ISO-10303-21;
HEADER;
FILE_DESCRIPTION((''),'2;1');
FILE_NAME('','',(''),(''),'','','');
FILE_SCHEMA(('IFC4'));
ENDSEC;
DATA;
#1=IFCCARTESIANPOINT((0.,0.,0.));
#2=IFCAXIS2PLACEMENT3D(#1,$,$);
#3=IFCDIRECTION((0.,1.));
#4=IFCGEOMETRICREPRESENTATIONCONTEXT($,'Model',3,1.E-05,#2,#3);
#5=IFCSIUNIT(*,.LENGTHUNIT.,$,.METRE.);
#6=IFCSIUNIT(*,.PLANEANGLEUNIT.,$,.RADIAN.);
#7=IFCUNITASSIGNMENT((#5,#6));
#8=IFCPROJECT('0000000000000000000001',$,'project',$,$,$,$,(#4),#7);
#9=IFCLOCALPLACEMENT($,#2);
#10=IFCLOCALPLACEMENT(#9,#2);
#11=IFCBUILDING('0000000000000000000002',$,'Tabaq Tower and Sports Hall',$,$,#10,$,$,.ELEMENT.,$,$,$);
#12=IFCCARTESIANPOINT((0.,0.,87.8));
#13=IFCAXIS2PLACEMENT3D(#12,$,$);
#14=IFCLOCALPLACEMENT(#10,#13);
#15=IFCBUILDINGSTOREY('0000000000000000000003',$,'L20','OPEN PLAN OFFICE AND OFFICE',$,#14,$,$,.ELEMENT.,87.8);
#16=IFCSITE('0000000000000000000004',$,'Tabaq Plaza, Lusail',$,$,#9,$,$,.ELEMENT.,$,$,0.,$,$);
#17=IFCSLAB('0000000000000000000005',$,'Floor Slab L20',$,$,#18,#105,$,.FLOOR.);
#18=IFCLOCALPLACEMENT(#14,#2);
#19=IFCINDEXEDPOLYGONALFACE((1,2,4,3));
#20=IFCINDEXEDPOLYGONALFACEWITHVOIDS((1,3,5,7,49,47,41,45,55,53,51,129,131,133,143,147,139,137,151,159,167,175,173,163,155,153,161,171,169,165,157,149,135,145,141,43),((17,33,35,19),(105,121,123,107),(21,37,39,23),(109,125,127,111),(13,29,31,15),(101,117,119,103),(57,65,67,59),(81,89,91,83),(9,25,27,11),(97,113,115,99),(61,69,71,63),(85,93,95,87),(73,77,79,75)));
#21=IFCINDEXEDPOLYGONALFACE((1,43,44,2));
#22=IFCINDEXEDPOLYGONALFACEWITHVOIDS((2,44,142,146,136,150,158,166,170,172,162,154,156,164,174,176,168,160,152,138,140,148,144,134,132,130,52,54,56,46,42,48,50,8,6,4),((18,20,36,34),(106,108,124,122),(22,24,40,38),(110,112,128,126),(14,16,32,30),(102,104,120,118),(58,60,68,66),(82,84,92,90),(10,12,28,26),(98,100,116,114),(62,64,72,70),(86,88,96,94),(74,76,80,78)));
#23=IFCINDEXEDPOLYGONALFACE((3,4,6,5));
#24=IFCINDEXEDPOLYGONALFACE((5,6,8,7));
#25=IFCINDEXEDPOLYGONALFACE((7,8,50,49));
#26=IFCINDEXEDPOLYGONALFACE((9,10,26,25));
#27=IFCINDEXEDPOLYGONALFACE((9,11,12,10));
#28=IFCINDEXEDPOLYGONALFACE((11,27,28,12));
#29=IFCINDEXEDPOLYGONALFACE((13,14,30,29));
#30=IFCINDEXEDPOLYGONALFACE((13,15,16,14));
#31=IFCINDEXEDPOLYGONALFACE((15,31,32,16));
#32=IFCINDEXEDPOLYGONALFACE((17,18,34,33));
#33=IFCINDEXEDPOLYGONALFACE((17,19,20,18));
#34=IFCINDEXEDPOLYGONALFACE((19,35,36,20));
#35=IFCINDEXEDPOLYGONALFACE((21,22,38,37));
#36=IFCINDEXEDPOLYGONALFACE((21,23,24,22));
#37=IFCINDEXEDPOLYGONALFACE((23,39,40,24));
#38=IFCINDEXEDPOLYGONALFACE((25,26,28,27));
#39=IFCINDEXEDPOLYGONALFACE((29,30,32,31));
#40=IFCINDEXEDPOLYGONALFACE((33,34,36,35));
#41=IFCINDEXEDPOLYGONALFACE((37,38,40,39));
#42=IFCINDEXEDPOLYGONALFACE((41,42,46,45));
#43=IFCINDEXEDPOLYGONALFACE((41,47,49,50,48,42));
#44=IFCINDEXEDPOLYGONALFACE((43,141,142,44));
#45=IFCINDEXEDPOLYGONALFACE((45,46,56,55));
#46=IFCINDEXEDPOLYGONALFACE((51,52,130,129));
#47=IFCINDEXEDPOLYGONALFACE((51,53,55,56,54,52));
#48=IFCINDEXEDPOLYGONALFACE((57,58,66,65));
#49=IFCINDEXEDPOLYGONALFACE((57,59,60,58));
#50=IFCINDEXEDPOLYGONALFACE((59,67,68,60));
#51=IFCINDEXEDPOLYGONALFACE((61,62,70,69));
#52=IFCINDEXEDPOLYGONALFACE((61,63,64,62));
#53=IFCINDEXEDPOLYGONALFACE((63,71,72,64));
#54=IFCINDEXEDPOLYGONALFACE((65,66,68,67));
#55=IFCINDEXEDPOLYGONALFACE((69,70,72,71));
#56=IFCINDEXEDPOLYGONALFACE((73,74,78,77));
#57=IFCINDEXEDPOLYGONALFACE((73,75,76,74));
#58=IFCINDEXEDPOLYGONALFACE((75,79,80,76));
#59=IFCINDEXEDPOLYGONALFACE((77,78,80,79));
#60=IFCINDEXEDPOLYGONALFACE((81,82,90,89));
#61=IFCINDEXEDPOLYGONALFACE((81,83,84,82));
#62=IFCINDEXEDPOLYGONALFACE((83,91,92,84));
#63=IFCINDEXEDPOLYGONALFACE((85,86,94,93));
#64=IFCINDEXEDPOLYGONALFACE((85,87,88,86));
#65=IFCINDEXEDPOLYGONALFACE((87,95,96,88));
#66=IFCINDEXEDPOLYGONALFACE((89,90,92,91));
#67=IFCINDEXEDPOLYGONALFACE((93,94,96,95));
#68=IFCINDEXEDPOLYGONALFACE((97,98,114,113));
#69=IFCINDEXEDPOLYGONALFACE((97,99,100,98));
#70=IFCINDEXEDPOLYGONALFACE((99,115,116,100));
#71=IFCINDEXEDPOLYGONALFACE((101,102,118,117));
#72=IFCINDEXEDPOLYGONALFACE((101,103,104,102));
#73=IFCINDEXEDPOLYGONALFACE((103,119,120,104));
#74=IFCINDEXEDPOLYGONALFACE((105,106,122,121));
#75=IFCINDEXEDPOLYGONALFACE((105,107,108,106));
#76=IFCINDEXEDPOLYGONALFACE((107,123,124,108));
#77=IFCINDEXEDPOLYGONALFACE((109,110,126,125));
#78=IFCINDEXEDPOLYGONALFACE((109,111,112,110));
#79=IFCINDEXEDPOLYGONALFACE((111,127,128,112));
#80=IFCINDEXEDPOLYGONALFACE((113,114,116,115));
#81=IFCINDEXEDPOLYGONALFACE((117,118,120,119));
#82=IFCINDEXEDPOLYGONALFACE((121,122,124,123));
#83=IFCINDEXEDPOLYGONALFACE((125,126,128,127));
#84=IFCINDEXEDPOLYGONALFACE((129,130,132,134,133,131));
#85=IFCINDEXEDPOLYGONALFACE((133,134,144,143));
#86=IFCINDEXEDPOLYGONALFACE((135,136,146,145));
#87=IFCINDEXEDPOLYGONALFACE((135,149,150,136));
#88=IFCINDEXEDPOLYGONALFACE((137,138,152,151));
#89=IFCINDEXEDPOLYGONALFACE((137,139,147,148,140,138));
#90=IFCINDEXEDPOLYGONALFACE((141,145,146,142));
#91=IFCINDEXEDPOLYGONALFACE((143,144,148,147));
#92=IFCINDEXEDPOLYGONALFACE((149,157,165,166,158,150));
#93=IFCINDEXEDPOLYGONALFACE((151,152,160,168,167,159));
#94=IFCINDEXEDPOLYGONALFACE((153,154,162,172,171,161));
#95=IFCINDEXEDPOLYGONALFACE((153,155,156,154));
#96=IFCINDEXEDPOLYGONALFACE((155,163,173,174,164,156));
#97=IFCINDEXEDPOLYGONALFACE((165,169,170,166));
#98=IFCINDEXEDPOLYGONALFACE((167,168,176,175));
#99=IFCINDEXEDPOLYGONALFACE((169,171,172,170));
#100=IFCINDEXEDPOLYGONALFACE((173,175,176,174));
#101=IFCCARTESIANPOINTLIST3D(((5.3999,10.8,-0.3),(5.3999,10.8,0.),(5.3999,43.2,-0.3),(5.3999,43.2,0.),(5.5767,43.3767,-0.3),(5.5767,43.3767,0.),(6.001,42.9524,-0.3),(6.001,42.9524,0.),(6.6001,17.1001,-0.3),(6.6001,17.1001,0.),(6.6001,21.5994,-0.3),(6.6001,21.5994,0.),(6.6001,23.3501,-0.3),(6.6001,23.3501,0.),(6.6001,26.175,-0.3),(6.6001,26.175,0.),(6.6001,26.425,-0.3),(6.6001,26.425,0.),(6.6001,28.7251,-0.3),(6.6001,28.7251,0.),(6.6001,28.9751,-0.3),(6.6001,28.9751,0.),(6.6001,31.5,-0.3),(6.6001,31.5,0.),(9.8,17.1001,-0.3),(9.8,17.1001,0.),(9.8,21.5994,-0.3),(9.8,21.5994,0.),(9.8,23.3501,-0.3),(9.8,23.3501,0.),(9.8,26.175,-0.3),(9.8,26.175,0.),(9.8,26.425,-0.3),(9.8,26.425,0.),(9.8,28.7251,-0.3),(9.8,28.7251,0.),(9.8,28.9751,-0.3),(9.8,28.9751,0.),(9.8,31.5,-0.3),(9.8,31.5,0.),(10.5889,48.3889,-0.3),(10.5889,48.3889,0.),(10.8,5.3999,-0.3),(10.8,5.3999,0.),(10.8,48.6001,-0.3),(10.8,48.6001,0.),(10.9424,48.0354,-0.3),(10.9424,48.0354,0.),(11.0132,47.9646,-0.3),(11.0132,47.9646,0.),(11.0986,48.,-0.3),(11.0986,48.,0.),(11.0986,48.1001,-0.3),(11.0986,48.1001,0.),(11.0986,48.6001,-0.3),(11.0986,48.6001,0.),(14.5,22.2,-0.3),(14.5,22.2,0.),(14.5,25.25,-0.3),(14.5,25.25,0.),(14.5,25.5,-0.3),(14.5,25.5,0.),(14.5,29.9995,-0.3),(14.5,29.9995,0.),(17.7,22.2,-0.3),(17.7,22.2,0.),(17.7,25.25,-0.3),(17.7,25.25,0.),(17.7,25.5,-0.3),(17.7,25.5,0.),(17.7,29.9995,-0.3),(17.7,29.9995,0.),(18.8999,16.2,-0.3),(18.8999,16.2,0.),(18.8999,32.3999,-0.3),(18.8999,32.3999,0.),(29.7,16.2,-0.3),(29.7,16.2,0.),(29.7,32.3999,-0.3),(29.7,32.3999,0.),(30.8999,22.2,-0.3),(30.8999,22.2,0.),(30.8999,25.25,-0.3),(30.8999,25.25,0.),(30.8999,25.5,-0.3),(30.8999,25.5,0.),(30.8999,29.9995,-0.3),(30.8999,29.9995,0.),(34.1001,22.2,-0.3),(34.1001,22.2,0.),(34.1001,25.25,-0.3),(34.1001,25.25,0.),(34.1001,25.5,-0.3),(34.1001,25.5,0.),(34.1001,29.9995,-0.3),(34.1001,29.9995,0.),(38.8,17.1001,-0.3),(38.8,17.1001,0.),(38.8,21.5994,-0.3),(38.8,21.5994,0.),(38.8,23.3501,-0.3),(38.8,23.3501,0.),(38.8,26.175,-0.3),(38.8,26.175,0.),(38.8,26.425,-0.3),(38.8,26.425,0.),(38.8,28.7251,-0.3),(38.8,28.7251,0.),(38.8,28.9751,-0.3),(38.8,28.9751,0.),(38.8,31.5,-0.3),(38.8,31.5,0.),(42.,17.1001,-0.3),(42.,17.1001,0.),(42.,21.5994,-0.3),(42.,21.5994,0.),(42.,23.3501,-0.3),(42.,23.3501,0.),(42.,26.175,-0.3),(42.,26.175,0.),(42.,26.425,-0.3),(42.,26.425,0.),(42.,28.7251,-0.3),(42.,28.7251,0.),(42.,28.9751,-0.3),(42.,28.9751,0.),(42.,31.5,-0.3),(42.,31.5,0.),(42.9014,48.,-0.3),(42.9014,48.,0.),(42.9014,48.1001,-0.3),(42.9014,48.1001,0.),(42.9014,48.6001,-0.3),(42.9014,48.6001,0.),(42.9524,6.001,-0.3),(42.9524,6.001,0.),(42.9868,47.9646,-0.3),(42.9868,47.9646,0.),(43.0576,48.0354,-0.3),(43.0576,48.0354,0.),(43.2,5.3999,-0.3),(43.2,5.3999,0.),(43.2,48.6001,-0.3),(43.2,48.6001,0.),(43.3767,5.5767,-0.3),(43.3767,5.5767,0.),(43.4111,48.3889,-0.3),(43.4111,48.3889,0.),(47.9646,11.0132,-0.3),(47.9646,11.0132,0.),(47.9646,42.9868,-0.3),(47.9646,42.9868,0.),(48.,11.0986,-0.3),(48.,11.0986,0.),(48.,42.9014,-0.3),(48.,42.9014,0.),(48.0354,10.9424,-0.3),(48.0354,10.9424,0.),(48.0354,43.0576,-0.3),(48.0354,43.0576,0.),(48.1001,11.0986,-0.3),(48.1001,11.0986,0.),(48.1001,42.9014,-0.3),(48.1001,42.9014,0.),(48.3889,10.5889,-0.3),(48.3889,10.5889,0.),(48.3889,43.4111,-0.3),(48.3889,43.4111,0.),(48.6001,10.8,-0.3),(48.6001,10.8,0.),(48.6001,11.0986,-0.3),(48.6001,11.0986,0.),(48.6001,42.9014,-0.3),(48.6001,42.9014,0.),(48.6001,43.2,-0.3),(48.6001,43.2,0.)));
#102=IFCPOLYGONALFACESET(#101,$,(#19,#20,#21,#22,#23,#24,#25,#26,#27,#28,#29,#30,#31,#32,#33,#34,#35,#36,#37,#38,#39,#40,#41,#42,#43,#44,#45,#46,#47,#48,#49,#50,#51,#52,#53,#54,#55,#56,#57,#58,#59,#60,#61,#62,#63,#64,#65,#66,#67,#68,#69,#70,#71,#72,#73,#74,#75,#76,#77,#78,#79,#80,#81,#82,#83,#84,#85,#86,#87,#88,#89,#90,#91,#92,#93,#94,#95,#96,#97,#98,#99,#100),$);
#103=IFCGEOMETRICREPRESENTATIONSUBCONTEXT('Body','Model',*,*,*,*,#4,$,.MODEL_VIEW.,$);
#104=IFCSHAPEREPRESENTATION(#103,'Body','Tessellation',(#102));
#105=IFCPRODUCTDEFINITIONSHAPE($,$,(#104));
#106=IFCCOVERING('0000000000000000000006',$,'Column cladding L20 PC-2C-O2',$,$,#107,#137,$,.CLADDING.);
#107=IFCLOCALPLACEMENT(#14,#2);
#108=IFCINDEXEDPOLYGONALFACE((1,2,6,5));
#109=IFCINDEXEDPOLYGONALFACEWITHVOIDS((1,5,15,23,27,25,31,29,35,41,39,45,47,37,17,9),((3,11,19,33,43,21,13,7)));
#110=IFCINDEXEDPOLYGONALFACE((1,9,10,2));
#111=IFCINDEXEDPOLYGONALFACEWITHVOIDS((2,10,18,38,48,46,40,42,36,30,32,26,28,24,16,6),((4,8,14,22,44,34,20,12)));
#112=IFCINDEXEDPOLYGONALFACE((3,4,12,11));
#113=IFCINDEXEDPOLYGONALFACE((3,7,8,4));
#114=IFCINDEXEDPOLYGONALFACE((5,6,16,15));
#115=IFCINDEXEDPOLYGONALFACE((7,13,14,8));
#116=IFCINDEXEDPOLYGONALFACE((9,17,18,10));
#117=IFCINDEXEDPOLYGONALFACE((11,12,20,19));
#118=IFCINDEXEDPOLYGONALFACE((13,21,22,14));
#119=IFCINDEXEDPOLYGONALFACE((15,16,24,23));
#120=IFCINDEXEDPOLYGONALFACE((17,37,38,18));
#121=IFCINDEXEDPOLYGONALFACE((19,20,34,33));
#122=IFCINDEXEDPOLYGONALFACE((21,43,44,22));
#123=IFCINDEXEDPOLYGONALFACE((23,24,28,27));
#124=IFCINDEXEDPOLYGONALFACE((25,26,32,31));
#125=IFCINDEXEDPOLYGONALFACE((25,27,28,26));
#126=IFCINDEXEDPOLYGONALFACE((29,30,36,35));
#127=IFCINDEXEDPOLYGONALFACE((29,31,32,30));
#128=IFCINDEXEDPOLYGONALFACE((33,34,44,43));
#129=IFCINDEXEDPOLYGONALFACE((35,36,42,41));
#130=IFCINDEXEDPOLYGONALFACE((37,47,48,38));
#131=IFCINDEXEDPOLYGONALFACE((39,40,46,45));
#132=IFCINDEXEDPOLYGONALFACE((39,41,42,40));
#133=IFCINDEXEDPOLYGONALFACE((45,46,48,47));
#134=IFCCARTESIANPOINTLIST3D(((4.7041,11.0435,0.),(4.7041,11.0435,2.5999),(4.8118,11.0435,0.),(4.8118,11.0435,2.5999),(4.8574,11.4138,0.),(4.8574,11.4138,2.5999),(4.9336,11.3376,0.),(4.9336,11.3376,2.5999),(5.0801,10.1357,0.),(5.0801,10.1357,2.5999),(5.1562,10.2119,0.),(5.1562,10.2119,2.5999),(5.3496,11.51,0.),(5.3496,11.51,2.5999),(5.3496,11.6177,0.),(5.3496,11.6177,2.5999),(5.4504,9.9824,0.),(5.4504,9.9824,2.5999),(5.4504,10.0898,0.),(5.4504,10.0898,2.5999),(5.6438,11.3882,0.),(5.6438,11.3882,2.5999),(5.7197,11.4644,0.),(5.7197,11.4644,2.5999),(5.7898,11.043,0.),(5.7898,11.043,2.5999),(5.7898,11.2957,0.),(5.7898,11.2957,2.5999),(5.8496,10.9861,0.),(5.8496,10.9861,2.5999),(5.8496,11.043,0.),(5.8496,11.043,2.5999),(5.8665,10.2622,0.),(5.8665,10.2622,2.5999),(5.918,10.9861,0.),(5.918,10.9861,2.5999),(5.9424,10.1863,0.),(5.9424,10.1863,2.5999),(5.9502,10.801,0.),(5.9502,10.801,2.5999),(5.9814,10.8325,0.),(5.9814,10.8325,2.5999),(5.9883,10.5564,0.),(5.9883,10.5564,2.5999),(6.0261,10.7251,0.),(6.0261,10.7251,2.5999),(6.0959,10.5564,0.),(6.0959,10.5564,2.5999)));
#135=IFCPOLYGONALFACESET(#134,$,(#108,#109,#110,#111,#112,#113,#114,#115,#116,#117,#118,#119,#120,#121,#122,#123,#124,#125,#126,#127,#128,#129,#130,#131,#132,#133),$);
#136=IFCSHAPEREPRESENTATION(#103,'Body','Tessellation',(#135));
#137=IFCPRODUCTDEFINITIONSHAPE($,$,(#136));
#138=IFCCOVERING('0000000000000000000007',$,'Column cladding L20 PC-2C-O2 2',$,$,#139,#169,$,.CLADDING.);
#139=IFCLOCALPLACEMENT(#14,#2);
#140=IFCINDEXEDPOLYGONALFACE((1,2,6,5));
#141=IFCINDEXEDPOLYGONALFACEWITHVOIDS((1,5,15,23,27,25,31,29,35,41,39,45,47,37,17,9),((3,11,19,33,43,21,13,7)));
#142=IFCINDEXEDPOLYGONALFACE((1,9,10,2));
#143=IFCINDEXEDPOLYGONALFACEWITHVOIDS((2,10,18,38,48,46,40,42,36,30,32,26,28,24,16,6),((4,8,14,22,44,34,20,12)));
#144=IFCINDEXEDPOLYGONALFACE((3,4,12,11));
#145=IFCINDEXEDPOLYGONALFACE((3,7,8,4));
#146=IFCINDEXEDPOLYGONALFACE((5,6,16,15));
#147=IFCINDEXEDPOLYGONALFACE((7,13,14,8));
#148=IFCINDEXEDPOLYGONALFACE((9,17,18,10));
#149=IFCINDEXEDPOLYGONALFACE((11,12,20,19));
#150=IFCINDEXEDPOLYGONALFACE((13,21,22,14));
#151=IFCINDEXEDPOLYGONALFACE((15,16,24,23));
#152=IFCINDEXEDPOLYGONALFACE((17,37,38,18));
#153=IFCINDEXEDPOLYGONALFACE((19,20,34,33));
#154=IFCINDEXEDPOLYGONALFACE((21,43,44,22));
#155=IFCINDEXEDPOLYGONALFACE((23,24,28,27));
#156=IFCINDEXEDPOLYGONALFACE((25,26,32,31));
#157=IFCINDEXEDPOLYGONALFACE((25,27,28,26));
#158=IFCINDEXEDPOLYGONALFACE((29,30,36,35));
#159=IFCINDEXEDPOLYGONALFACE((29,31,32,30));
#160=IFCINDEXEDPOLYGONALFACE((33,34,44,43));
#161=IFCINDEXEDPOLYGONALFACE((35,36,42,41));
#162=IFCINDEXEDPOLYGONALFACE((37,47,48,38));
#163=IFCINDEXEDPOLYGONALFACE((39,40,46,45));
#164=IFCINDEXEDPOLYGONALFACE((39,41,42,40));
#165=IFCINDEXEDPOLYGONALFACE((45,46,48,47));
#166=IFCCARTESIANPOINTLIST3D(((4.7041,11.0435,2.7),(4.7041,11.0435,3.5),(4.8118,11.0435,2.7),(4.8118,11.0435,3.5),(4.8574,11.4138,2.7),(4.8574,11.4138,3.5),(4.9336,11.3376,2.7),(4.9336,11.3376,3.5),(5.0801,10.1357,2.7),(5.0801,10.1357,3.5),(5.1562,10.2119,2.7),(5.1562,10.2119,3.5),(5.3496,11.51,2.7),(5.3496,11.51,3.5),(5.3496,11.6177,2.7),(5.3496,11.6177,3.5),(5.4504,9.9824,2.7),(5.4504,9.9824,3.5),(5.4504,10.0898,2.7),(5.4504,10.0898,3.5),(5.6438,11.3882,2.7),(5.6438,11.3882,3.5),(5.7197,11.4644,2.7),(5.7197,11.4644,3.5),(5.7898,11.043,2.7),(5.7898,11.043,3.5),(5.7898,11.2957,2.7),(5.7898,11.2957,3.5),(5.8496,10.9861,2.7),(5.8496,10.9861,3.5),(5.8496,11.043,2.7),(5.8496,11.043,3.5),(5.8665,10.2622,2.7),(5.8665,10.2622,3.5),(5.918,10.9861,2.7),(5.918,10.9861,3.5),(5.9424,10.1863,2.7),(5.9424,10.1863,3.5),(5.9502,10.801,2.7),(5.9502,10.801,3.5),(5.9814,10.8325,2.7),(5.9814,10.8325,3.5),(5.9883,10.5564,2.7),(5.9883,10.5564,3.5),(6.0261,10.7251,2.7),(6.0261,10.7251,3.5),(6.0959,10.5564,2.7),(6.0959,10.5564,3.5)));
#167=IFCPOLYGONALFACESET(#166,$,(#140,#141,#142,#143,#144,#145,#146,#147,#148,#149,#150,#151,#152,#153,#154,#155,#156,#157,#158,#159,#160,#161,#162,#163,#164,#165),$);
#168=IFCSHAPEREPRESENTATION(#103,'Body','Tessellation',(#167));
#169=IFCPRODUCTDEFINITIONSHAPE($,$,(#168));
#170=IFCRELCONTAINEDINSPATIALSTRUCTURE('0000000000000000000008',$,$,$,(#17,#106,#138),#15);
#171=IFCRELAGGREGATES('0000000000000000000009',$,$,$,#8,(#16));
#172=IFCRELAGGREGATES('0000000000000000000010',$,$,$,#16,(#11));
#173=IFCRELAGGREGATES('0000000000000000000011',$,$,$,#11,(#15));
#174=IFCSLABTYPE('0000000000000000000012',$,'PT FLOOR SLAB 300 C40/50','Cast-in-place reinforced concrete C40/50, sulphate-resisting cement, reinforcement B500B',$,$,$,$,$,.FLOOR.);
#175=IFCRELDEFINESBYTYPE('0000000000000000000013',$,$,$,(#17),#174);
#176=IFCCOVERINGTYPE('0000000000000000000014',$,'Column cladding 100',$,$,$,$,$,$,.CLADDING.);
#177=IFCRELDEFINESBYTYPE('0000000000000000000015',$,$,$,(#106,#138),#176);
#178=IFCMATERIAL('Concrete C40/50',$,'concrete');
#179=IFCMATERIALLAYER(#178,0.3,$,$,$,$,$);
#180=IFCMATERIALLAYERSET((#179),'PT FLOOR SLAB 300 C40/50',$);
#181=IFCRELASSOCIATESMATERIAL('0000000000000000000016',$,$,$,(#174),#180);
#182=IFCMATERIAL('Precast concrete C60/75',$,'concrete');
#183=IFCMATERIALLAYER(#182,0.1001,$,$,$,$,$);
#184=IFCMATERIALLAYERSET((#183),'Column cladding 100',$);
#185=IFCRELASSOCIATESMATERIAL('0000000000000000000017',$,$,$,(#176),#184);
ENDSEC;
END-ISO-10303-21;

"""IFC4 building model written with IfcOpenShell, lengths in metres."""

from ifc_helpers import new_model, si_unit, direction, frame, origin, place, context, subcontext, project, spatial, polyline, outline, extrude, material, layer, layer_set, type_object, element, save


model = new_model("IFC4")

# Units and contexts
model_context = context("Model", 3, precision=1e-05, world=origin(), true_north=direction((0.0, 1.0)))
body_context = subcontext(model_context, "Body", "Model", "MODEL_VIEW")
ifc_project = project(units=[si_unit("LENGTHUNIT", "METRE"), si_unit("PLANEANGLEUNIT", "RADIAN")], contexts=[model_context])

# Site, building, storey
site_placement = place(None, origin())
site = spatial("IfcSite", under=ifc_project, at=site_placement, Name="Tabaq Plaza, Lusail", CompositionType="ELEMENT", RefElevation=0.0)
building_placement = place(site_placement, origin())
building = spatial("IfcBuilding", under=site, at=building_placement, Name="Tabaq Tower and Sports Hall", CompositionType="ELEMENT")
storey_placement = place(building_placement, frame((0.0, 0.0, 87.8)))
storey = spatial("IfcBuildingStorey", under=building, at=storey_placement, Name="L20", Description="OPEN PLAN OFFICE AND OFFICE", CompositionType="ELEMENT", Elevation=87.8)

# Slab
ifc_material_1 = material(Name="Concrete C40/50", Category="concrete")
ifc_layer_1 = layer(ifc_material_1, 0.3)
ifc_layer_set_1 = layer_set([ifc_layer_1], Name="PT FLOOR SLAB 300 C40/50")
slab_type = type_object("IfcSlabType", Name="PT FLOOR SLAB 300 C40/50", Description="Cast-in-place reinforced concrete C40/50, sulphate-resisting cement, reinforcement B500B", PredefinedType="FLOOR", material=ifc_layer_set_1)
slab_placement = place(storey_placement, frame((0.0, 0.0, -0.3)))
element("IfcSlab", 1, at=slab_placement, inside=storey, type_object=slab_type, Name="Floor Slab L20", PredefinedType="FLOOR", context=body_context, shape_type="SweptSolid", body=[
    extrude(outline(polyline([(5.3999, 43.2), (5.3999, 10.8), (10.8, 5.3999), (43.2, 5.3999), (43.3767, 5.5767), (42.9524, 6.001), (47.9646, 11.0132), (48.0354, 10.9424), (48.3889, 10.5889), (48.6001, 10.8), (48.6001, 11.0986), (48.1001, 11.0986), (48.0, 11.0986), (48.0, 42.9014), (48.1001, 42.9014), (48.6001, 42.9014), (48.6001, 43.2), (48.3889, 43.4111), (48.0354, 43.0576), (47.9646, 42.9868), (42.9868, 47.9646), (43.0576, 48.0354), (43.4111, 48.3889), (43.2, 48.6001), (42.9014, 48.6001), (42.9014, 48.1001), (42.9014, 48.0), (11.0986, 48.0), (11.0986, 48.1001), (11.0986, 48.6001), (10.8, 48.6001), (10.5889, 48.3889), (10.9424, 48.0354), (11.0132, 47.9646), (6.001, 42.9524), (5.5767, 43.3767), (5.3999, 43.2)]), holes=[polyline([(6.6001, 21.5994), (9.8, 21.5994), (9.8, 17.1001), (6.6001, 17.1001), (6.6001, 21.5994)]), polyline([(17.7, 25.25), (17.7, 22.2), (14.5, 22.2), (14.5, 25.25), (17.7, 25.25)]), polyline([(18.8999, 32.3999), (29.7, 32.3999), (29.7, 16.2), (18.8999, 16.2), (18.8999, 32.3999)]), polyline([(6.6001, 26.175), (9.8, 26.175), (9.8, 23.3501), (6.6001, 23.3501), (6.6001, 26.175)]), polyline([(9.8, 28.7251), (9.8, 26.425), (6.6001, 26.425), (6.6001, 28.7251), (9.8, 28.7251)]), polyline([(17.7, 29.9995), (17.7, 25.5), (14.5, 25.5), (14.5, 29.9995), (17.7, 29.9995)]), polyline([(6.6001, 31.5), (9.8, 31.5), (9.8, 28.9751), (6.6001, 28.9751), (6.6001, 31.5)]), polyline([(42.0, 21.5994), (42.0, 17.1001), (38.8, 17.1001), (38.8, 21.5994), (42.0, 21.5994)]), polyline([(34.1001, 25.25), (34.1001, 22.2), (30.8999, 22.2), (30.8999, 25.25), (34.1001, 25.25)]), polyline([(42.0, 26.175), (42.0, 23.3501), (38.8, 23.3501), (38.8, 26.175), (42.0, 26.175)]), polyline([(42.0, 28.7251), (42.0, 26.425), (38.8, 26.425), (38.8, 28.7251), (42.0, 28.7251)]), polyline([(34.1001, 29.9995), (34.1001, 25.5), (30.8999, 25.5), (30.8999, 29.9995), (34.1001, 29.9995)]), polyline([(42.0, 31.5), (42.0, 28.9751), (38.8, 28.9751), (38.8, 31.5), (42.0, 31.5)])]), origin(), (0.0, 0.0, 1.0), 0.3),
])

# Coverings
ifc_material_2 = material(Name="Precast concrete C60/75", Category="concrete")
ifc_layer_2 = layer(ifc_material_2, 0.1001)
ifc_layer_set_2 = layer_set([ifc_layer_2], Name="Column cladding 100")
covering_type = type_object("IfcCoveringType", Name="Column cladding 100", PredefinedType="CLADDING", material=ifc_layer_set_2)
covering_1_placement = place(storey_placement, origin())
element("IfcCovering", 2, at=covering_1_placement, inside=storey, type_object=covering_type, Name="Column cladding L20 PC-2C-O2", PredefinedType="CLADDING", context=body_context, shape_type="SweptSolid", body=[
    extrude(outline(polyline([(5.4504, 9.9824), (5.0801, 10.1357), (4.7041, 11.0435), (4.8574, 11.4138), (5.3496, 11.6177), (5.7197, 11.4644), (5.7898, 11.2957), (5.7898, 11.043), (5.8496, 11.043), (5.8496, 10.9861), (5.918, 10.9861), (5.9814, 10.8325), (5.9502, 10.801), (6.0261, 10.7251), (6.0959, 10.5564), (5.9424, 10.1863), (5.4504, 9.9824)]), holes=[polyline([(5.3496, 11.51), (4.9336, 11.3376), (4.8118, 11.0435), (5.1562, 10.2119), (5.4504, 10.0898), (5.8665, 10.2622), (5.9883, 10.5564), (5.6438, 11.3882), (5.3496, 11.51)])]), origin(), (0.0, 0.0, 1.0), 2.5999),
])
covering_2_placement = place(storey_placement, frame((0.0, 0.0, 2.7)))
element("IfcCovering", 3, at=covering_2_placement, inside=storey, type_object=covering_type, Name="Column cladding L20 PC-2C-O2 2", PredefinedType="CLADDING", context=body_context, shape_type="SweptSolid", body=[
    extrude(outline(polyline([(5.4504, 9.9824), (5.0801, 10.1357), (4.7041, 11.0435), (4.8574, 11.4138), (5.3496, 11.6177), (5.7197, 11.4644), (5.7898, 11.2957), (5.7898, 11.043), (5.8496, 11.043), (5.8496, 10.9861), (5.918, 10.9861), (5.9814, 10.8325), (5.9502, 10.801), (6.0261, 10.7251), (6.0959, 10.5564), (5.9424, 10.1863), (5.4504, 9.9824)]), holes=[polyline([(5.3496, 11.51), (4.9336, 11.3376), (4.8118, 11.0435), (5.1562, 10.2119), (5.4504, 10.0898), (5.8665, 10.2622), (5.9883, 10.5564), (5.6438, 11.3882), (5.3496, 11.51)])]), origin(), (0.0, 0.0, 1.0), 0.8),
])

save(model, "model.ifc")
